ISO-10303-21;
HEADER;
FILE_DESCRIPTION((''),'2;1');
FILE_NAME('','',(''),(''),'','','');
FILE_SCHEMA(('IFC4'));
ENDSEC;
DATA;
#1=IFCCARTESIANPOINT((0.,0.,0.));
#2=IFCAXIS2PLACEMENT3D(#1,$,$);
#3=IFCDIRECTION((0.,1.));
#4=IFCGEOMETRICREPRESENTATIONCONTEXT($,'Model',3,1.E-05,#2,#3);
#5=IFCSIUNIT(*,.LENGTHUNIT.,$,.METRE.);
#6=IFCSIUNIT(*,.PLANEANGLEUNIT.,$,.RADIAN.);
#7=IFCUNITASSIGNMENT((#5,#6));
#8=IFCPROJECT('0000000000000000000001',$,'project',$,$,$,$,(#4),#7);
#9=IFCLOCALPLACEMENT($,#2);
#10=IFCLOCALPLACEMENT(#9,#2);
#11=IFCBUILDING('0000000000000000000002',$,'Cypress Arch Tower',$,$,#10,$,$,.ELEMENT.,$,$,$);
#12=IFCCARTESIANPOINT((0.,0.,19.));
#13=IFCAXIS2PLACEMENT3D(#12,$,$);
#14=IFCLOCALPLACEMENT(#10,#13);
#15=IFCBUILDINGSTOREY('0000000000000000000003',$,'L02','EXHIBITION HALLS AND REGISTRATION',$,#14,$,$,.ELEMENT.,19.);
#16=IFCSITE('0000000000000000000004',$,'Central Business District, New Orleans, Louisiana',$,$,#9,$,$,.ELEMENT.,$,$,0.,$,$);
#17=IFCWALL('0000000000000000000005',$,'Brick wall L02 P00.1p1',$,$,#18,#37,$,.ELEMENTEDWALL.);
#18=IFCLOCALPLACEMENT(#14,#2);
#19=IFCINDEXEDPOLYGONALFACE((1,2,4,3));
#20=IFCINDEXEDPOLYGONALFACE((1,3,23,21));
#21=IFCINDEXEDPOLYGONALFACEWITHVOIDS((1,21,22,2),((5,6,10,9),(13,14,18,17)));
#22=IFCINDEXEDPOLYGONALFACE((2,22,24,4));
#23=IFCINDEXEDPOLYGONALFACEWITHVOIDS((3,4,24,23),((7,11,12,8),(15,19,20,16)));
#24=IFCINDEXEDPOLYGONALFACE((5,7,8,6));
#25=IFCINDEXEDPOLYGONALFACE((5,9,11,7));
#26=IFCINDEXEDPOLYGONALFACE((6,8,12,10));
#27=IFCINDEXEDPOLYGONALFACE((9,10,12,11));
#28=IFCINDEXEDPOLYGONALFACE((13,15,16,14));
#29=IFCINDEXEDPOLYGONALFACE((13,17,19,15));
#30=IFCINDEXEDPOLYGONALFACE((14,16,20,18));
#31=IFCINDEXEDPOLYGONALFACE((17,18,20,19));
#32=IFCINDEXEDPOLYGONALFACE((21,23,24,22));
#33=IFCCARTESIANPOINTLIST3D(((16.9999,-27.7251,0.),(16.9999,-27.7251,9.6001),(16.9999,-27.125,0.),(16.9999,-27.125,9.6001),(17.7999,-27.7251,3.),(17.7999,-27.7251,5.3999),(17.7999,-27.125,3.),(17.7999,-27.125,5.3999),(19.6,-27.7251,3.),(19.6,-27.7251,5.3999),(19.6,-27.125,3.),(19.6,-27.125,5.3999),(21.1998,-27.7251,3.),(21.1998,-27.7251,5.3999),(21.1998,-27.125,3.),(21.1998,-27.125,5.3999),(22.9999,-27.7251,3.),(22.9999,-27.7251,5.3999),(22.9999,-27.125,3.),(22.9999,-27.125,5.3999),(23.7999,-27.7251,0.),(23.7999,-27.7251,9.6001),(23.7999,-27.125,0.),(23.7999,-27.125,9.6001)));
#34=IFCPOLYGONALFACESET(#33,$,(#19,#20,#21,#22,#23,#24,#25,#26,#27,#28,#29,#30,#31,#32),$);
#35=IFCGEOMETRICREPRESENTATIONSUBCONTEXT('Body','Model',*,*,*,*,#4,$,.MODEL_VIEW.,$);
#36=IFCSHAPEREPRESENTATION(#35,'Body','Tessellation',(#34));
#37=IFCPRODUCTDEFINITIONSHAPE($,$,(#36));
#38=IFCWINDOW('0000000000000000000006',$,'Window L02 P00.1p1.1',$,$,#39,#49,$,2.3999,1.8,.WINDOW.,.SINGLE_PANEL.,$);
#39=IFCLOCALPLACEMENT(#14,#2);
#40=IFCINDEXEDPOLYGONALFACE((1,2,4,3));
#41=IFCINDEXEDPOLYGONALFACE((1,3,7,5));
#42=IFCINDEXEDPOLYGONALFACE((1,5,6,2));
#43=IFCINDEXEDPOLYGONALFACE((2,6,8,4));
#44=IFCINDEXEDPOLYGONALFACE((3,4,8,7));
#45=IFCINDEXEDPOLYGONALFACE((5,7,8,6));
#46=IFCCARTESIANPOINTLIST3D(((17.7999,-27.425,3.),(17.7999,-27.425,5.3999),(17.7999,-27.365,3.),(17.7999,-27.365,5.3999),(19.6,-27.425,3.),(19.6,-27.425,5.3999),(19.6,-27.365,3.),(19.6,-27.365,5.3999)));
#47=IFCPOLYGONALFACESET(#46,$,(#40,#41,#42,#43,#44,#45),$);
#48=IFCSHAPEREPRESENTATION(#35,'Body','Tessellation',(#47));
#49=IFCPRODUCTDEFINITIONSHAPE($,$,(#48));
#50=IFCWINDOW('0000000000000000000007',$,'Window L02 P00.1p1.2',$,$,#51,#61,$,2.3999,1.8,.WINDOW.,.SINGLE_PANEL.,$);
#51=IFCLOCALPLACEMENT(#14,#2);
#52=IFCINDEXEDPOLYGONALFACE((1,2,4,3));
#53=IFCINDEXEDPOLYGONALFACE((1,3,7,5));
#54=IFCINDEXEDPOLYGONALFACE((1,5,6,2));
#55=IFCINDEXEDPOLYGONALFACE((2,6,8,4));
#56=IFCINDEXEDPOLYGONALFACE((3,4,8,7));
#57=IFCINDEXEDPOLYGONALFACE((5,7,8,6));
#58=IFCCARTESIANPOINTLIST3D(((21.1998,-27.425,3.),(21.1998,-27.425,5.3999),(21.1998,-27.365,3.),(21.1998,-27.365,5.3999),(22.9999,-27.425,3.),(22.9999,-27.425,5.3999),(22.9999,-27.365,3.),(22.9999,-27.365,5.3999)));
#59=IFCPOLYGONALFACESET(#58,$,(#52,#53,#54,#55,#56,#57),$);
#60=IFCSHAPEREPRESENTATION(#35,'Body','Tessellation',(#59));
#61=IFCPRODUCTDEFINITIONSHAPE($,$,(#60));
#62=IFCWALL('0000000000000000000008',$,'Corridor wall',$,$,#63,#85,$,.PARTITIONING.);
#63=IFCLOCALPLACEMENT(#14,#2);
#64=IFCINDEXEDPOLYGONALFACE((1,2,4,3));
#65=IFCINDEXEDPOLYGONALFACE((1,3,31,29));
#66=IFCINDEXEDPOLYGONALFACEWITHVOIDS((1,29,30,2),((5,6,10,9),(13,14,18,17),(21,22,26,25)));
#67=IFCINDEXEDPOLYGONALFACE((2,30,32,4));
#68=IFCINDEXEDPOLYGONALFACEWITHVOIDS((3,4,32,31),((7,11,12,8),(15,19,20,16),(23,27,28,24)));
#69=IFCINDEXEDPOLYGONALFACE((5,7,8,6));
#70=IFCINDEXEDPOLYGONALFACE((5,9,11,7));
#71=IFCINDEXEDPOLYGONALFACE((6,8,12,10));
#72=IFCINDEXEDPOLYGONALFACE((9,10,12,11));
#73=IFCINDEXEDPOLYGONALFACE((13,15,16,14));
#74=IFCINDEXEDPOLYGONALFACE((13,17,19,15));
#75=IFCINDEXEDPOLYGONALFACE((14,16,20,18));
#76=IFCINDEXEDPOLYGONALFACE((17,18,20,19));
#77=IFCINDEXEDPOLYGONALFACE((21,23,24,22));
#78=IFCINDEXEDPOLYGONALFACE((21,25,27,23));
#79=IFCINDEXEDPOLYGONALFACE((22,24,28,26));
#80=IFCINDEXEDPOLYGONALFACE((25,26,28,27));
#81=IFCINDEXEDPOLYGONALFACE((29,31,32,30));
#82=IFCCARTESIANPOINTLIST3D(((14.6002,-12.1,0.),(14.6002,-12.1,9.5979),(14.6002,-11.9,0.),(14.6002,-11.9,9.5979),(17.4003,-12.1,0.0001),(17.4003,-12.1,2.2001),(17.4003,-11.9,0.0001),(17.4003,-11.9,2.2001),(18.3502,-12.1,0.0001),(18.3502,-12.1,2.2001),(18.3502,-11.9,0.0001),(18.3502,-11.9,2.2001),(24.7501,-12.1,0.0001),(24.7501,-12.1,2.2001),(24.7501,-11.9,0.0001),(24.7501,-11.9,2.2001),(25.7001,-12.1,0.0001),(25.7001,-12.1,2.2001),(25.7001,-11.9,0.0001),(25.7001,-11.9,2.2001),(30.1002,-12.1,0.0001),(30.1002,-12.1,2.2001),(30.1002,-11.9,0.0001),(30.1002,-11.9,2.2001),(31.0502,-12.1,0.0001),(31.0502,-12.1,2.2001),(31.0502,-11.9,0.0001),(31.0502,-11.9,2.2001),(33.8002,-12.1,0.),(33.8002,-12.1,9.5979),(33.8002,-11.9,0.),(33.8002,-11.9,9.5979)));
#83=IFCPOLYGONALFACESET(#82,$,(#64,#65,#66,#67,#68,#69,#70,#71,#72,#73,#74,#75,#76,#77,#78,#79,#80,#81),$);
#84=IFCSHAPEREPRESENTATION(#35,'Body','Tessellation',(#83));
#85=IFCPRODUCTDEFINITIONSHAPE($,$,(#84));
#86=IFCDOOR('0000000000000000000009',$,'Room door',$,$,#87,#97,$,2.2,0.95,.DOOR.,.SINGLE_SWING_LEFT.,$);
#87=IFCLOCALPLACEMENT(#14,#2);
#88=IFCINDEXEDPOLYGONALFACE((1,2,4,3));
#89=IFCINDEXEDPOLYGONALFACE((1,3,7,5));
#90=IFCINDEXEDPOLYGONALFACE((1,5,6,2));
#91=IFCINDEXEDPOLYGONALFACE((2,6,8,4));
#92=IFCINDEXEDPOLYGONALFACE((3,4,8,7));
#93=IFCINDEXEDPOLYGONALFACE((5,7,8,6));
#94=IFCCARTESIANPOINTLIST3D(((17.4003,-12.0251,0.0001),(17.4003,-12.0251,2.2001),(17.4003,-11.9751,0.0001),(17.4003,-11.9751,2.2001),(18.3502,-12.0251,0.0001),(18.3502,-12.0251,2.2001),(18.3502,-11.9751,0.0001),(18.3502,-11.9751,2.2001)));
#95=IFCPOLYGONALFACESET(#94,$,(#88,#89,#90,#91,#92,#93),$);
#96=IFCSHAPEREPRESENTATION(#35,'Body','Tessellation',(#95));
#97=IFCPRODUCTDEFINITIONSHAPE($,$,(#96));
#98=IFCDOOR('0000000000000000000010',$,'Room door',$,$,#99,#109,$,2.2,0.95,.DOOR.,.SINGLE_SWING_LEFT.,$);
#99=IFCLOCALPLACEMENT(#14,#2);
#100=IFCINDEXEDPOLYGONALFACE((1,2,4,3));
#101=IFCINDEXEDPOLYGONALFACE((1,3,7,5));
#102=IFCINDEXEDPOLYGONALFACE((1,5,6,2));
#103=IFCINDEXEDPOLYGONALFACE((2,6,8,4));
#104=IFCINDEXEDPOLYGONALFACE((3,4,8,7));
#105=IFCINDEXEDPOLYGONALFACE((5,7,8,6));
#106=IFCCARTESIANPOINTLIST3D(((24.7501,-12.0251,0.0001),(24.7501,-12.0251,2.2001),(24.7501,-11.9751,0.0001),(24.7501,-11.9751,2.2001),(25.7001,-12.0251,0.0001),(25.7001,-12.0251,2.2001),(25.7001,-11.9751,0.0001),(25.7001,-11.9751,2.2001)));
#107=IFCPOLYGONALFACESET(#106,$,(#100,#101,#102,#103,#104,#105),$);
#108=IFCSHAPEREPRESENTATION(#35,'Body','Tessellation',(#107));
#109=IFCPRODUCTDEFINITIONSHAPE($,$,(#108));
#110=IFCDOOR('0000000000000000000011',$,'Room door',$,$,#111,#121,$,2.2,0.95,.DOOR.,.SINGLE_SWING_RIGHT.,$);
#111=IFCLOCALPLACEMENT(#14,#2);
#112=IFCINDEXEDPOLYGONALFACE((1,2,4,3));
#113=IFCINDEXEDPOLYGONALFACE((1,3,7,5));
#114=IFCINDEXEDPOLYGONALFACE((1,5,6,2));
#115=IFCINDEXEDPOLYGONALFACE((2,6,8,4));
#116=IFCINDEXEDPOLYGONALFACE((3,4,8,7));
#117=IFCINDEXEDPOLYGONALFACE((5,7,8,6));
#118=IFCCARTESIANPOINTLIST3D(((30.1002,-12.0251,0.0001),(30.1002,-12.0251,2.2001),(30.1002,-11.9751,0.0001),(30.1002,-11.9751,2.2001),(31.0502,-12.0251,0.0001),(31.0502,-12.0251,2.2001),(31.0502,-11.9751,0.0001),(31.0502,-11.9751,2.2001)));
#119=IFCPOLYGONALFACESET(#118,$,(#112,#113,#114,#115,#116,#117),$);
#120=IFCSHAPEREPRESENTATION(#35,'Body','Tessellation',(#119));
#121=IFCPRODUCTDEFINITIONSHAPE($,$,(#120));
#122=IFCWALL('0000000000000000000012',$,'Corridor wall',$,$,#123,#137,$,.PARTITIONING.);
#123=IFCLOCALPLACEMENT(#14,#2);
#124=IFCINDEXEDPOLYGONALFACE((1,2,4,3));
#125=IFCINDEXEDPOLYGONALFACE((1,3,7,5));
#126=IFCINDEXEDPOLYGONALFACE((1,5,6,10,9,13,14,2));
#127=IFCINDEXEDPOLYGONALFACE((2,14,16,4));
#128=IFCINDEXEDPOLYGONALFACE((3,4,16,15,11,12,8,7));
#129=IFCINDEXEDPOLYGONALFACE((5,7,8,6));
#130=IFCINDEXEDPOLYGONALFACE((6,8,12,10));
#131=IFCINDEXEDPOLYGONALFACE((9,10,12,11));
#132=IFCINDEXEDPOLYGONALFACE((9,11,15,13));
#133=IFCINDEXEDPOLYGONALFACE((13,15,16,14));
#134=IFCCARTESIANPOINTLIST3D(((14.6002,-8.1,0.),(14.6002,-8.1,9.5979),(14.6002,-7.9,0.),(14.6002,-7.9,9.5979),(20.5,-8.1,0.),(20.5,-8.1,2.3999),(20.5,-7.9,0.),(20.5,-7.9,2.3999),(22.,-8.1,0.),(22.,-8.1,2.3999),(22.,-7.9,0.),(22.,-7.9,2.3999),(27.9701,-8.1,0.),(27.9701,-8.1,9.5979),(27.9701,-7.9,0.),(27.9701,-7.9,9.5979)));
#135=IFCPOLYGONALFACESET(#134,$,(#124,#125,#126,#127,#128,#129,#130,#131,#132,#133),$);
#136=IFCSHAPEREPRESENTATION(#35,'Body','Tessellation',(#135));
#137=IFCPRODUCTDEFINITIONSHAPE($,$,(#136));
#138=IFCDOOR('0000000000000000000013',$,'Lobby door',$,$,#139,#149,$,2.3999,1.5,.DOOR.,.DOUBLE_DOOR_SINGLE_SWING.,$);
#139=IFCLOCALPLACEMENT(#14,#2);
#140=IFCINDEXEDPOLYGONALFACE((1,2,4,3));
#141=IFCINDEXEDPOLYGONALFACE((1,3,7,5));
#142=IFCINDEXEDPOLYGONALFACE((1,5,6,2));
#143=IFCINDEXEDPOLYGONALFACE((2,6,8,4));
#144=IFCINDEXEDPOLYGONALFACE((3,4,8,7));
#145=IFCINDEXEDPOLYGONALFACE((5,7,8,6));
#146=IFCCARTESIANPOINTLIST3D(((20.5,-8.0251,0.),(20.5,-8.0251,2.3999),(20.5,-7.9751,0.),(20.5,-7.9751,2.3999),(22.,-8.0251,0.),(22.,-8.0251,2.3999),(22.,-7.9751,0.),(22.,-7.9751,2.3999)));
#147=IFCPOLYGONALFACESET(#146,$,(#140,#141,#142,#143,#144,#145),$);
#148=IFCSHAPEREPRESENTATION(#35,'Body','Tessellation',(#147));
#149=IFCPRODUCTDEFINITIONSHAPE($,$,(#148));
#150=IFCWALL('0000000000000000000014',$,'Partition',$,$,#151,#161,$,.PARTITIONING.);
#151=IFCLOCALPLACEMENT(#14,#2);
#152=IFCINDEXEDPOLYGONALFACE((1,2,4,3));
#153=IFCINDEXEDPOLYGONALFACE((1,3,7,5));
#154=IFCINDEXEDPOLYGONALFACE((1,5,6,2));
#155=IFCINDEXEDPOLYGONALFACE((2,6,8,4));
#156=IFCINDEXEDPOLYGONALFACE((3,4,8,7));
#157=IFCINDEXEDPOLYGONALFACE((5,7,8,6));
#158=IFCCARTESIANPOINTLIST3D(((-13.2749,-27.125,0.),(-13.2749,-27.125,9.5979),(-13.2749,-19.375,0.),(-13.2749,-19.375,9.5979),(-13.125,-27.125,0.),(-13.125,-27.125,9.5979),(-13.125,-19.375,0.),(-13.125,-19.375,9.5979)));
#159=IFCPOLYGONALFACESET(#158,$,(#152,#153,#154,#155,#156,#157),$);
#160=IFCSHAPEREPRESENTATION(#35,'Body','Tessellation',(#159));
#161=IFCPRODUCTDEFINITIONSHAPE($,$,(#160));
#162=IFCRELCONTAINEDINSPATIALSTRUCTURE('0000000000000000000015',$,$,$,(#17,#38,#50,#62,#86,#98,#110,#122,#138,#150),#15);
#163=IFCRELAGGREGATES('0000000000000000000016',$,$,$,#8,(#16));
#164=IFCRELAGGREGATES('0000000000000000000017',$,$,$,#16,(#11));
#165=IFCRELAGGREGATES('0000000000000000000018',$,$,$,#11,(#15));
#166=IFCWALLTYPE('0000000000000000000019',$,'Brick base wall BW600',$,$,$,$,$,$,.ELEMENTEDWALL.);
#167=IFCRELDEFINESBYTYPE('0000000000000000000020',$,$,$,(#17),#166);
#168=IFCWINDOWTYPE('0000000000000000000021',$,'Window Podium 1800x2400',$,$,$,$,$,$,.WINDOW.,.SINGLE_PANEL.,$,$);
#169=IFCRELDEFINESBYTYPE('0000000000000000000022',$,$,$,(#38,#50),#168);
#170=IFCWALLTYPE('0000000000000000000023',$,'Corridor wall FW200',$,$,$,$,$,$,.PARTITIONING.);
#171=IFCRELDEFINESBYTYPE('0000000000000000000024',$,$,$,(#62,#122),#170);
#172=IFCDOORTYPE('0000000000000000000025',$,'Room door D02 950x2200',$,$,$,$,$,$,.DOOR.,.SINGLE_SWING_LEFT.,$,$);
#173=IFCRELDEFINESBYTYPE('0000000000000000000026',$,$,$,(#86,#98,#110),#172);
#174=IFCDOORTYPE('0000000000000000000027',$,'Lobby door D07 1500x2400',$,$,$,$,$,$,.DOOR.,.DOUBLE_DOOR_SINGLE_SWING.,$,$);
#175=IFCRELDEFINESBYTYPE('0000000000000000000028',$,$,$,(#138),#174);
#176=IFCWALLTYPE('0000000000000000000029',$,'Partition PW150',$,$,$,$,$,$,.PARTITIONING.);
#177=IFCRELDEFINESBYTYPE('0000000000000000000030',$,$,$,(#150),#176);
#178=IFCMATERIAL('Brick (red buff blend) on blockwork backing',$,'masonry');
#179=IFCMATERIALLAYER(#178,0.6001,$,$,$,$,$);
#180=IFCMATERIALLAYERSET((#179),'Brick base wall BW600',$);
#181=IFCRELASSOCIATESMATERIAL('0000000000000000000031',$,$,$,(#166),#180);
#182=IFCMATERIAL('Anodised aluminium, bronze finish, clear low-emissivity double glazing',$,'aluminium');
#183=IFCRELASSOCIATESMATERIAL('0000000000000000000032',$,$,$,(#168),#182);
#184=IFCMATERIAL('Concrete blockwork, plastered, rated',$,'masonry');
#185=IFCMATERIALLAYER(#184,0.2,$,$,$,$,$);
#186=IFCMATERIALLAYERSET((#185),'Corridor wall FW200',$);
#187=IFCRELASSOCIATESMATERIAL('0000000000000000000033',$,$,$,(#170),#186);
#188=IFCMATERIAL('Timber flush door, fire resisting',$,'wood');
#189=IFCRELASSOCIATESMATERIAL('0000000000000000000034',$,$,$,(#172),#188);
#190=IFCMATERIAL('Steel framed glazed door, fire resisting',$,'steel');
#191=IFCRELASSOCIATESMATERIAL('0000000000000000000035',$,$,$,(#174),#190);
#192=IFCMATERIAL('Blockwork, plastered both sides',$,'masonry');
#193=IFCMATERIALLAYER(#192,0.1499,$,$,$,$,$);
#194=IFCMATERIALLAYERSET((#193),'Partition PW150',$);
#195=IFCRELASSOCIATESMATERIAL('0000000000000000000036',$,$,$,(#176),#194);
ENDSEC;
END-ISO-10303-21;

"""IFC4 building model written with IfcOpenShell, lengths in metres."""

from ifc_helpers import new_model, si_unit, direction, frame, frame_2d, origin, place, context, subcontext, project, spatial, rectangle, extrude, material, layer, layer_set, type_object, element, fill, save


model = new_model("IFC4")

# Units and contexts
model_context = context("Model", 3, precision=1e-05, world=origin(), true_north=direction((0.0, 1.0)))
body_context = subcontext(model_context, "Body", "Model", "MODEL_VIEW")
ifc_project = project(units=[si_unit("LENGTHUNIT", "METRE"), si_unit("PLANEANGLEUNIT", "RADIAN")], contexts=[model_context])

# Site, building, storey
site_placement = place(None, origin())
site = spatial("IfcSite", under=ifc_project, at=site_placement, Name="Central Business District, New Orleans, Louisiana", CompositionType="ELEMENT", RefElevation=0.0)
building_placement = place(site_placement, origin())
building = spatial("IfcBuilding", under=site, at=building_placement, Name="Cypress Arch Tower", CompositionType="ELEMENT")
storey_placement = place(building_placement, frame((0.0, 0.0, 19.0)))
storey = spatial("IfcBuildingStorey", under=building, at=storey_placement, Name="L02", Description="EXHIBITION HALLS AND REGISTRATION", CompositionType="ELEMENT", Elevation=19.0)

# Wall, openings, windows
ifc_material_1 = material(Name="Brick (red buff blend) on blockwork backing", Category="masonry")
ifc_layer_1 = layer(ifc_material_1, 0.6001)
ifc_layer_set_1 = layer_set([ifc_layer_1], Name="Brick base wall BW600")
wall_type_1 = type_object("IfcWallType", Name="Brick base wall BW600", PredefinedType="ELEMENTEDWALL", material=ifc_layer_set_1)
wall_1_placement = place(storey_placement, frame((17.0, -27.425, 0.0), z_axis=(0.0, 0.0, 1.0), x_axis=(1.0, 0.0, 0.0)))
wall_1 = element("IfcWall", 1, at=wall_1_placement, inside=storey, type_object=wall_type_1, Name="Brick wall L02 P00.1p1", PredefinedType="ELEMENTEDWALL", context=body_context, shape_type="SweptSolid", body=[
    extrude(rectangle(XDim=6.8, YDim=0.6001, at=frame_2d((3.3999, 0.0))), origin(), (0.0, 0.0, 1.0), 9.6001),
])
opening_1_placement = place(wall_1_placement, frame((0.8, 0.0, 3.0)))
opening_1 = element("IfcOpeningElement", 2, at=opening_1_placement, cuts=wall_1, PredefinedType="OPENING", context=body_context, shape_type="SweptSolid", body=[
    extrude(rectangle(XDim=1.8, YDim=2.3999, at=frame_2d((0.8999, 1.2))), frame((0.0, 0.3101, 0.0), z_axis=(0.0, -1.0, 0.0), x_axis=(1.0, 0.0, 0.0)), (0.0, 0.0, 1.0), 0.6201),
])
opening_2_placement = place(wall_1_placement, frame((4.2, 0.0, 3.0)))
opening_2 = element("IfcOpeningElement", 3, at=opening_2_placement, cuts=wall_1, PredefinedType="OPENING", context=body_context, shape_type="SweptSolid", body=[
    extrude(rectangle(XDim=1.8, YDim=2.3999, at=frame_2d((0.8999, 1.2))), frame((0.0, 0.3101, 0.0), z_axis=(0.0, -1.0, 0.0), x_axis=(1.0, 0.0, 0.0)), (0.0, 0.0, 1.0), 0.6201),
])
ifc_material_2 = material(Name="Anodised aluminium, bronze finish, clear low-emissivity double glazing", Category="aluminium")
window_type = type_object("IfcWindowType", Name="Window Podium 1800x2400", PartitioningType="SINGLE_PANEL", PredefinedType="WINDOW", material=ifc_material_2)
window_1_placement = place(opening_1_placement, origin())
window_1 = element("IfcWindow", 4, at=window_1_placement, inside=storey, type_object=window_type, Name="Window L02 P00.1p1.1", OverallHeight=2.3999, OverallWidth=1.8, PartitioningType="SINGLE_PANEL", PredefinedType="WINDOW", context=body_context, shape_type="SweptSolid", body=[
    extrude(rectangle(XDim=1.8, YDim=2.3999, at=frame_2d((0.8999, 1.2))), frame((0.0, 0.0601, 0.0), z_axis=(0.0, -1.0, 0.0), x_axis=(1.0, 0.0, 0.0)), (0.0, 0.0, 1.0), 0.0601),
])
fill(opening_1, window_1)
window_2_placement = place(opening_2_placement, origin())
window_2 = element("IfcWindow", 5, at=window_2_placement, inside=storey, type_object=window_type, Name="Window L02 P00.1p1.2", OverallHeight=2.3999, OverallWidth=1.8, PartitioningType="SINGLE_PANEL", PredefinedType="WINDOW", context=body_context, shape_type="SweptSolid", body=[
    extrude(rectangle(XDim=1.8, YDim=2.3999, at=frame_2d((0.8999, 1.2))), frame((0.0, 0.0601, 0.0), z_axis=(0.0, -1.0, 0.0), x_axis=(1.0, 0.0, 0.0)), (0.0, 0.0, 1.0), 0.0601),
])
fill(opening_2, window_2)

# Wall, openings, doors
ifc_material_3 = material(Name="Concrete blockwork, plastered, rated", Category="masonry")
ifc_layer_2 = layer(ifc_material_3, 0.2)
ifc_layer_set_2 = layer_set([ifc_layer_2], Name="Corridor wall FW200")
wall_type_2 = type_object("IfcWallType", Name="Corridor wall FW200", PredefinedType="PARTITIONING", material=ifc_layer_set_2)
wall_2_placement = place(storey_placement, frame((14.6001, -12.0, 0.0), z_axis=(0.0, 0.0, 1.0), x_axis=(1.0, 0.0, 0.0)))
wall_2 = element("IfcWall", 6, at=wall_2_placement, inside=storey, type_object=wall_type_2, Name="Corridor wall", PredefinedType="PARTITIONING", context=body_context, shape_type="SweptSolid", body=[
    extrude(rectangle(XDim=19.2, YDim=0.2, at=frame_2d((9.6001, 0.0))), origin(), (0.0, 0.0, 1.0), 9.5979),
])
opening_3_placement = place(wall_2_placement, frame((2.8, 0.0, 0.0)))
opening_3 = element("IfcOpeningElement", 7, at=opening_3_placement, cuts=wall_2, PredefinedType="OPENING", context=body_context, shape_type="SweptSolid", body=[
    extrude(rectangle(XDim=0.95, YDim=2.2, at=frame_2d((0.4751, 1.1001))), frame((0.0, 0.1099, 0.0), z_axis=(0.0, -1.0, 0.0), x_axis=(1.0, 0.0, 0.0)), (0.0, 0.0, 1.0), 0.22),
])
opening_4_placement = place(wall_2_placement, frame((10.1499, 0.0, 0.0)))
opening_4 = element("IfcOpeningElement", 8, at=opening_4_placement, cuts=wall_2, PredefinedType="OPENING", context=body_context, shape_type="SweptSolid", body=[
    extrude(rectangle(XDim=0.95, YDim=2.2, at=frame_2d((0.4751, 1.1001))), frame((0.0, 0.1099, 0.0), z_axis=(0.0, -1.0, 0.0), x_axis=(1.0, 0.0, 0.0)), (0.0, 0.0, 1.0), 0.22),
])
opening_5_placement = place(wall_2_placement, frame((15.5, 0.0, 0.0)))
opening_5 = element("IfcOpeningElement", 9, at=opening_5_placement, cuts=wall_2, PredefinedType="OPENING", context=body_context, shape_type="SweptSolid", body=[
    extrude(rectangle(XDim=0.95, YDim=2.2, at=frame_2d((0.4751, 1.1001))), frame((0.0, 0.1099, 0.0), z_axis=(0.0, -1.0, 0.0), x_axis=(1.0, 0.0, 0.0)), (0.0, 0.0, 1.0), 0.22),
])
ifc_material_4 = material(Name="Timber flush door, fire resisting", Category="wood")
door_type_1 = type_object("IfcDoorType", Name="Room door D02 950x2200", OperationType="SINGLE_SWING_LEFT", PredefinedType="DOOR", material=ifc_material_4)
door_1_placement = place(opening_3_placement, origin())
door_1 = element("IfcDoor", 10, at=door_1_placement, inside=storey, type_object=door_type_1, Name="Room door", OperationType="SINGLE_SWING_LEFT", OverallHeight=2.2, OverallWidth=0.95, PredefinedType="DOOR", context=body_context, shape_type="SweptSolid", body=[
    extrude(rectangle(XDim=0.95, YDim=2.2, at=frame_2d((0.4751, 1.1001))), frame((0.0, 0.0249, 0.0), z_axis=(0.0, -1.0, 0.0), x_axis=(1.0, 0.0, 0.0)), (0.0, 0.0, 1.0), 0.05),
])
fill(opening_3, door_1)
door_2_placement = place(opening_4_placement, origin())
door_2 = element("IfcDoor", 11, at=door_2_placement, inside=storey, type_object=door_type_1, Name="Room door", OperationType="SINGLE_SWING_LEFT", OverallHeight=2.2, OverallWidth=0.95, PredefinedType="DOOR", context=body_context, shape_type="SweptSolid", body=[
    extrude(rectangle(XDim=0.95, YDim=2.2, at=frame_2d((0.4751, 1.1001))), frame((0.0, 0.0249, 0.0), z_axis=(0.0, -1.0, 0.0), x_axis=(1.0, 0.0, 0.0)), (0.0, 0.0, 1.0), 0.05),
])
fill(opening_4, door_2)
door_3_placement = place(opening_5_placement, origin())
door_3 = element("IfcDoor", 12, at=door_3_placement, inside=storey, type_object=door_type_1, Name="Room door", OperationType="SINGLE_SWING_RIGHT", OverallHeight=2.2, OverallWidth=0.95, PredefinedType="DOOR", context=body_context, shape_type="SweptSolid", body=[
    extrude(rectangle(XDim=0.95, YDim=2.2, at=frame_2d((0.4751, 1.1001))), frame((0.0, 0.0249, 0.0), z_axis=(0.0, -1.0, 0.0), x_axis=(1.0, 0.0, 0.0)), (0.0, 0.0, 1.0), 0.05),
])
fill(opening_5, door_3)

# Wall, opening, door
wall_3_placement = place(storey_placement, frame((14.6001, -8.0, 0.0), z_axis=(0.0, 0.0, 1.0), x_axis=(1.0, 0.0, 0.0)))
wall_3 = element("IfcWall", 13, at=wall_3_placement, inside=storey, type_object=wall_type_2, Name="Corridor wall", PredefinedType="PARTITIONING", context=body_context, shape_type="SweptSolid", body=[
    extrude(rectangle(XDim=13.3699, YDim=0.2, at=frame_2d((6.6851, 0.0))), origin(), (0.0, 0.0, 1.0), 9.5979),
])
opening_6_placement = place(wall_3_placement, frame((5.8999, 0.0, 0.0)))
opening_6 = element("IfcOpeningElement", 14, at=opening_6_placement, cuts=wall_3, PredefinedType="OPENING", context=body_context, shape_type="SweptSolid", body=[
    extrude(rectangle(XDim=1.5, YDim=2.3999, at=frame_2d((0.75, 1.2))), frame((0.0, 0.1099, 0.0), z_axis=(0.0, -1.0, 0.0), x_axis=(1.0, 0.0, 0.0)), (0.0, 0.0, 1.0), 0.22),
])
ifc_material_5 = material(Name="Steel framed glazed door, fire resisting", Category="steel")
door_type_2 = type_object("IfcDoorType", Name="Lobby door D07 1500x2400", OperationType="DOUBLE_DOOR_SINGLE_SWING", PredefinedType="DOOR", material=ifc_material_5)
door_4_placement = place(opening_6_placement, origin())
door_4 = element("IfcDoor", 15, at=door_4_placement, inside=storey, type_object=door_type_2, Name="Lobby door", OperationType="DOUBLE_DOOR_SINGLE_SWING", OverallHeight=2.3999, OverallWidth=1.5, PredefinedType="DOOR", context=body_context, shape_type="SweptSolid", body=[
    extrude(rectangle(XDim=1.5, YDim=2.3999, at=frame_2d((0.75, 1.2))), frame((0.0, 0.0249, 0.0), z_axis=(0.0, -1.0, 0.0), x_axis=(1.0, 0.0, 0.0)), (0.0, 0.0, 1.0), 0.05),
])
fill(opening_6, door_4)

# Wall
ifc_material_6 = material(Name="Blockwork, plastered both sides", Category="masonry")
ifc_layer_3 = layer(ifc_material_6, 0.1499)
ifc_layer_set_3 = layer_set([ifc_layer_3], Name="Partition PW150")
wall_type_3 = type_object("IfcWallType", Name="Partition PW150", PredefinedType="PARTITIONING", material=ifc_layer_set_3)
wall_4_placement = place(storey_placement, frame((-13.2, -27.125, 0.0), z_axis=(0.0, 0.0, 1.0), x_axis=(0.0, 1.0, 0.0)))
element("IfcWall", 16, at=wall_4_placement, inside=storey, type_object=wall_type_3, Name="Partition", PredefinedType="PARTITIONING", context=body_context, shape_type="SweptSolid", body=[
    extrude(rectangle(XDim=7.75, YDim=0.1499, at=frame_2d((3.875, 0.0))), origin(), (0.0, 0.0, 1.0), 9.5979),
])

save(model, "model.ifc")
